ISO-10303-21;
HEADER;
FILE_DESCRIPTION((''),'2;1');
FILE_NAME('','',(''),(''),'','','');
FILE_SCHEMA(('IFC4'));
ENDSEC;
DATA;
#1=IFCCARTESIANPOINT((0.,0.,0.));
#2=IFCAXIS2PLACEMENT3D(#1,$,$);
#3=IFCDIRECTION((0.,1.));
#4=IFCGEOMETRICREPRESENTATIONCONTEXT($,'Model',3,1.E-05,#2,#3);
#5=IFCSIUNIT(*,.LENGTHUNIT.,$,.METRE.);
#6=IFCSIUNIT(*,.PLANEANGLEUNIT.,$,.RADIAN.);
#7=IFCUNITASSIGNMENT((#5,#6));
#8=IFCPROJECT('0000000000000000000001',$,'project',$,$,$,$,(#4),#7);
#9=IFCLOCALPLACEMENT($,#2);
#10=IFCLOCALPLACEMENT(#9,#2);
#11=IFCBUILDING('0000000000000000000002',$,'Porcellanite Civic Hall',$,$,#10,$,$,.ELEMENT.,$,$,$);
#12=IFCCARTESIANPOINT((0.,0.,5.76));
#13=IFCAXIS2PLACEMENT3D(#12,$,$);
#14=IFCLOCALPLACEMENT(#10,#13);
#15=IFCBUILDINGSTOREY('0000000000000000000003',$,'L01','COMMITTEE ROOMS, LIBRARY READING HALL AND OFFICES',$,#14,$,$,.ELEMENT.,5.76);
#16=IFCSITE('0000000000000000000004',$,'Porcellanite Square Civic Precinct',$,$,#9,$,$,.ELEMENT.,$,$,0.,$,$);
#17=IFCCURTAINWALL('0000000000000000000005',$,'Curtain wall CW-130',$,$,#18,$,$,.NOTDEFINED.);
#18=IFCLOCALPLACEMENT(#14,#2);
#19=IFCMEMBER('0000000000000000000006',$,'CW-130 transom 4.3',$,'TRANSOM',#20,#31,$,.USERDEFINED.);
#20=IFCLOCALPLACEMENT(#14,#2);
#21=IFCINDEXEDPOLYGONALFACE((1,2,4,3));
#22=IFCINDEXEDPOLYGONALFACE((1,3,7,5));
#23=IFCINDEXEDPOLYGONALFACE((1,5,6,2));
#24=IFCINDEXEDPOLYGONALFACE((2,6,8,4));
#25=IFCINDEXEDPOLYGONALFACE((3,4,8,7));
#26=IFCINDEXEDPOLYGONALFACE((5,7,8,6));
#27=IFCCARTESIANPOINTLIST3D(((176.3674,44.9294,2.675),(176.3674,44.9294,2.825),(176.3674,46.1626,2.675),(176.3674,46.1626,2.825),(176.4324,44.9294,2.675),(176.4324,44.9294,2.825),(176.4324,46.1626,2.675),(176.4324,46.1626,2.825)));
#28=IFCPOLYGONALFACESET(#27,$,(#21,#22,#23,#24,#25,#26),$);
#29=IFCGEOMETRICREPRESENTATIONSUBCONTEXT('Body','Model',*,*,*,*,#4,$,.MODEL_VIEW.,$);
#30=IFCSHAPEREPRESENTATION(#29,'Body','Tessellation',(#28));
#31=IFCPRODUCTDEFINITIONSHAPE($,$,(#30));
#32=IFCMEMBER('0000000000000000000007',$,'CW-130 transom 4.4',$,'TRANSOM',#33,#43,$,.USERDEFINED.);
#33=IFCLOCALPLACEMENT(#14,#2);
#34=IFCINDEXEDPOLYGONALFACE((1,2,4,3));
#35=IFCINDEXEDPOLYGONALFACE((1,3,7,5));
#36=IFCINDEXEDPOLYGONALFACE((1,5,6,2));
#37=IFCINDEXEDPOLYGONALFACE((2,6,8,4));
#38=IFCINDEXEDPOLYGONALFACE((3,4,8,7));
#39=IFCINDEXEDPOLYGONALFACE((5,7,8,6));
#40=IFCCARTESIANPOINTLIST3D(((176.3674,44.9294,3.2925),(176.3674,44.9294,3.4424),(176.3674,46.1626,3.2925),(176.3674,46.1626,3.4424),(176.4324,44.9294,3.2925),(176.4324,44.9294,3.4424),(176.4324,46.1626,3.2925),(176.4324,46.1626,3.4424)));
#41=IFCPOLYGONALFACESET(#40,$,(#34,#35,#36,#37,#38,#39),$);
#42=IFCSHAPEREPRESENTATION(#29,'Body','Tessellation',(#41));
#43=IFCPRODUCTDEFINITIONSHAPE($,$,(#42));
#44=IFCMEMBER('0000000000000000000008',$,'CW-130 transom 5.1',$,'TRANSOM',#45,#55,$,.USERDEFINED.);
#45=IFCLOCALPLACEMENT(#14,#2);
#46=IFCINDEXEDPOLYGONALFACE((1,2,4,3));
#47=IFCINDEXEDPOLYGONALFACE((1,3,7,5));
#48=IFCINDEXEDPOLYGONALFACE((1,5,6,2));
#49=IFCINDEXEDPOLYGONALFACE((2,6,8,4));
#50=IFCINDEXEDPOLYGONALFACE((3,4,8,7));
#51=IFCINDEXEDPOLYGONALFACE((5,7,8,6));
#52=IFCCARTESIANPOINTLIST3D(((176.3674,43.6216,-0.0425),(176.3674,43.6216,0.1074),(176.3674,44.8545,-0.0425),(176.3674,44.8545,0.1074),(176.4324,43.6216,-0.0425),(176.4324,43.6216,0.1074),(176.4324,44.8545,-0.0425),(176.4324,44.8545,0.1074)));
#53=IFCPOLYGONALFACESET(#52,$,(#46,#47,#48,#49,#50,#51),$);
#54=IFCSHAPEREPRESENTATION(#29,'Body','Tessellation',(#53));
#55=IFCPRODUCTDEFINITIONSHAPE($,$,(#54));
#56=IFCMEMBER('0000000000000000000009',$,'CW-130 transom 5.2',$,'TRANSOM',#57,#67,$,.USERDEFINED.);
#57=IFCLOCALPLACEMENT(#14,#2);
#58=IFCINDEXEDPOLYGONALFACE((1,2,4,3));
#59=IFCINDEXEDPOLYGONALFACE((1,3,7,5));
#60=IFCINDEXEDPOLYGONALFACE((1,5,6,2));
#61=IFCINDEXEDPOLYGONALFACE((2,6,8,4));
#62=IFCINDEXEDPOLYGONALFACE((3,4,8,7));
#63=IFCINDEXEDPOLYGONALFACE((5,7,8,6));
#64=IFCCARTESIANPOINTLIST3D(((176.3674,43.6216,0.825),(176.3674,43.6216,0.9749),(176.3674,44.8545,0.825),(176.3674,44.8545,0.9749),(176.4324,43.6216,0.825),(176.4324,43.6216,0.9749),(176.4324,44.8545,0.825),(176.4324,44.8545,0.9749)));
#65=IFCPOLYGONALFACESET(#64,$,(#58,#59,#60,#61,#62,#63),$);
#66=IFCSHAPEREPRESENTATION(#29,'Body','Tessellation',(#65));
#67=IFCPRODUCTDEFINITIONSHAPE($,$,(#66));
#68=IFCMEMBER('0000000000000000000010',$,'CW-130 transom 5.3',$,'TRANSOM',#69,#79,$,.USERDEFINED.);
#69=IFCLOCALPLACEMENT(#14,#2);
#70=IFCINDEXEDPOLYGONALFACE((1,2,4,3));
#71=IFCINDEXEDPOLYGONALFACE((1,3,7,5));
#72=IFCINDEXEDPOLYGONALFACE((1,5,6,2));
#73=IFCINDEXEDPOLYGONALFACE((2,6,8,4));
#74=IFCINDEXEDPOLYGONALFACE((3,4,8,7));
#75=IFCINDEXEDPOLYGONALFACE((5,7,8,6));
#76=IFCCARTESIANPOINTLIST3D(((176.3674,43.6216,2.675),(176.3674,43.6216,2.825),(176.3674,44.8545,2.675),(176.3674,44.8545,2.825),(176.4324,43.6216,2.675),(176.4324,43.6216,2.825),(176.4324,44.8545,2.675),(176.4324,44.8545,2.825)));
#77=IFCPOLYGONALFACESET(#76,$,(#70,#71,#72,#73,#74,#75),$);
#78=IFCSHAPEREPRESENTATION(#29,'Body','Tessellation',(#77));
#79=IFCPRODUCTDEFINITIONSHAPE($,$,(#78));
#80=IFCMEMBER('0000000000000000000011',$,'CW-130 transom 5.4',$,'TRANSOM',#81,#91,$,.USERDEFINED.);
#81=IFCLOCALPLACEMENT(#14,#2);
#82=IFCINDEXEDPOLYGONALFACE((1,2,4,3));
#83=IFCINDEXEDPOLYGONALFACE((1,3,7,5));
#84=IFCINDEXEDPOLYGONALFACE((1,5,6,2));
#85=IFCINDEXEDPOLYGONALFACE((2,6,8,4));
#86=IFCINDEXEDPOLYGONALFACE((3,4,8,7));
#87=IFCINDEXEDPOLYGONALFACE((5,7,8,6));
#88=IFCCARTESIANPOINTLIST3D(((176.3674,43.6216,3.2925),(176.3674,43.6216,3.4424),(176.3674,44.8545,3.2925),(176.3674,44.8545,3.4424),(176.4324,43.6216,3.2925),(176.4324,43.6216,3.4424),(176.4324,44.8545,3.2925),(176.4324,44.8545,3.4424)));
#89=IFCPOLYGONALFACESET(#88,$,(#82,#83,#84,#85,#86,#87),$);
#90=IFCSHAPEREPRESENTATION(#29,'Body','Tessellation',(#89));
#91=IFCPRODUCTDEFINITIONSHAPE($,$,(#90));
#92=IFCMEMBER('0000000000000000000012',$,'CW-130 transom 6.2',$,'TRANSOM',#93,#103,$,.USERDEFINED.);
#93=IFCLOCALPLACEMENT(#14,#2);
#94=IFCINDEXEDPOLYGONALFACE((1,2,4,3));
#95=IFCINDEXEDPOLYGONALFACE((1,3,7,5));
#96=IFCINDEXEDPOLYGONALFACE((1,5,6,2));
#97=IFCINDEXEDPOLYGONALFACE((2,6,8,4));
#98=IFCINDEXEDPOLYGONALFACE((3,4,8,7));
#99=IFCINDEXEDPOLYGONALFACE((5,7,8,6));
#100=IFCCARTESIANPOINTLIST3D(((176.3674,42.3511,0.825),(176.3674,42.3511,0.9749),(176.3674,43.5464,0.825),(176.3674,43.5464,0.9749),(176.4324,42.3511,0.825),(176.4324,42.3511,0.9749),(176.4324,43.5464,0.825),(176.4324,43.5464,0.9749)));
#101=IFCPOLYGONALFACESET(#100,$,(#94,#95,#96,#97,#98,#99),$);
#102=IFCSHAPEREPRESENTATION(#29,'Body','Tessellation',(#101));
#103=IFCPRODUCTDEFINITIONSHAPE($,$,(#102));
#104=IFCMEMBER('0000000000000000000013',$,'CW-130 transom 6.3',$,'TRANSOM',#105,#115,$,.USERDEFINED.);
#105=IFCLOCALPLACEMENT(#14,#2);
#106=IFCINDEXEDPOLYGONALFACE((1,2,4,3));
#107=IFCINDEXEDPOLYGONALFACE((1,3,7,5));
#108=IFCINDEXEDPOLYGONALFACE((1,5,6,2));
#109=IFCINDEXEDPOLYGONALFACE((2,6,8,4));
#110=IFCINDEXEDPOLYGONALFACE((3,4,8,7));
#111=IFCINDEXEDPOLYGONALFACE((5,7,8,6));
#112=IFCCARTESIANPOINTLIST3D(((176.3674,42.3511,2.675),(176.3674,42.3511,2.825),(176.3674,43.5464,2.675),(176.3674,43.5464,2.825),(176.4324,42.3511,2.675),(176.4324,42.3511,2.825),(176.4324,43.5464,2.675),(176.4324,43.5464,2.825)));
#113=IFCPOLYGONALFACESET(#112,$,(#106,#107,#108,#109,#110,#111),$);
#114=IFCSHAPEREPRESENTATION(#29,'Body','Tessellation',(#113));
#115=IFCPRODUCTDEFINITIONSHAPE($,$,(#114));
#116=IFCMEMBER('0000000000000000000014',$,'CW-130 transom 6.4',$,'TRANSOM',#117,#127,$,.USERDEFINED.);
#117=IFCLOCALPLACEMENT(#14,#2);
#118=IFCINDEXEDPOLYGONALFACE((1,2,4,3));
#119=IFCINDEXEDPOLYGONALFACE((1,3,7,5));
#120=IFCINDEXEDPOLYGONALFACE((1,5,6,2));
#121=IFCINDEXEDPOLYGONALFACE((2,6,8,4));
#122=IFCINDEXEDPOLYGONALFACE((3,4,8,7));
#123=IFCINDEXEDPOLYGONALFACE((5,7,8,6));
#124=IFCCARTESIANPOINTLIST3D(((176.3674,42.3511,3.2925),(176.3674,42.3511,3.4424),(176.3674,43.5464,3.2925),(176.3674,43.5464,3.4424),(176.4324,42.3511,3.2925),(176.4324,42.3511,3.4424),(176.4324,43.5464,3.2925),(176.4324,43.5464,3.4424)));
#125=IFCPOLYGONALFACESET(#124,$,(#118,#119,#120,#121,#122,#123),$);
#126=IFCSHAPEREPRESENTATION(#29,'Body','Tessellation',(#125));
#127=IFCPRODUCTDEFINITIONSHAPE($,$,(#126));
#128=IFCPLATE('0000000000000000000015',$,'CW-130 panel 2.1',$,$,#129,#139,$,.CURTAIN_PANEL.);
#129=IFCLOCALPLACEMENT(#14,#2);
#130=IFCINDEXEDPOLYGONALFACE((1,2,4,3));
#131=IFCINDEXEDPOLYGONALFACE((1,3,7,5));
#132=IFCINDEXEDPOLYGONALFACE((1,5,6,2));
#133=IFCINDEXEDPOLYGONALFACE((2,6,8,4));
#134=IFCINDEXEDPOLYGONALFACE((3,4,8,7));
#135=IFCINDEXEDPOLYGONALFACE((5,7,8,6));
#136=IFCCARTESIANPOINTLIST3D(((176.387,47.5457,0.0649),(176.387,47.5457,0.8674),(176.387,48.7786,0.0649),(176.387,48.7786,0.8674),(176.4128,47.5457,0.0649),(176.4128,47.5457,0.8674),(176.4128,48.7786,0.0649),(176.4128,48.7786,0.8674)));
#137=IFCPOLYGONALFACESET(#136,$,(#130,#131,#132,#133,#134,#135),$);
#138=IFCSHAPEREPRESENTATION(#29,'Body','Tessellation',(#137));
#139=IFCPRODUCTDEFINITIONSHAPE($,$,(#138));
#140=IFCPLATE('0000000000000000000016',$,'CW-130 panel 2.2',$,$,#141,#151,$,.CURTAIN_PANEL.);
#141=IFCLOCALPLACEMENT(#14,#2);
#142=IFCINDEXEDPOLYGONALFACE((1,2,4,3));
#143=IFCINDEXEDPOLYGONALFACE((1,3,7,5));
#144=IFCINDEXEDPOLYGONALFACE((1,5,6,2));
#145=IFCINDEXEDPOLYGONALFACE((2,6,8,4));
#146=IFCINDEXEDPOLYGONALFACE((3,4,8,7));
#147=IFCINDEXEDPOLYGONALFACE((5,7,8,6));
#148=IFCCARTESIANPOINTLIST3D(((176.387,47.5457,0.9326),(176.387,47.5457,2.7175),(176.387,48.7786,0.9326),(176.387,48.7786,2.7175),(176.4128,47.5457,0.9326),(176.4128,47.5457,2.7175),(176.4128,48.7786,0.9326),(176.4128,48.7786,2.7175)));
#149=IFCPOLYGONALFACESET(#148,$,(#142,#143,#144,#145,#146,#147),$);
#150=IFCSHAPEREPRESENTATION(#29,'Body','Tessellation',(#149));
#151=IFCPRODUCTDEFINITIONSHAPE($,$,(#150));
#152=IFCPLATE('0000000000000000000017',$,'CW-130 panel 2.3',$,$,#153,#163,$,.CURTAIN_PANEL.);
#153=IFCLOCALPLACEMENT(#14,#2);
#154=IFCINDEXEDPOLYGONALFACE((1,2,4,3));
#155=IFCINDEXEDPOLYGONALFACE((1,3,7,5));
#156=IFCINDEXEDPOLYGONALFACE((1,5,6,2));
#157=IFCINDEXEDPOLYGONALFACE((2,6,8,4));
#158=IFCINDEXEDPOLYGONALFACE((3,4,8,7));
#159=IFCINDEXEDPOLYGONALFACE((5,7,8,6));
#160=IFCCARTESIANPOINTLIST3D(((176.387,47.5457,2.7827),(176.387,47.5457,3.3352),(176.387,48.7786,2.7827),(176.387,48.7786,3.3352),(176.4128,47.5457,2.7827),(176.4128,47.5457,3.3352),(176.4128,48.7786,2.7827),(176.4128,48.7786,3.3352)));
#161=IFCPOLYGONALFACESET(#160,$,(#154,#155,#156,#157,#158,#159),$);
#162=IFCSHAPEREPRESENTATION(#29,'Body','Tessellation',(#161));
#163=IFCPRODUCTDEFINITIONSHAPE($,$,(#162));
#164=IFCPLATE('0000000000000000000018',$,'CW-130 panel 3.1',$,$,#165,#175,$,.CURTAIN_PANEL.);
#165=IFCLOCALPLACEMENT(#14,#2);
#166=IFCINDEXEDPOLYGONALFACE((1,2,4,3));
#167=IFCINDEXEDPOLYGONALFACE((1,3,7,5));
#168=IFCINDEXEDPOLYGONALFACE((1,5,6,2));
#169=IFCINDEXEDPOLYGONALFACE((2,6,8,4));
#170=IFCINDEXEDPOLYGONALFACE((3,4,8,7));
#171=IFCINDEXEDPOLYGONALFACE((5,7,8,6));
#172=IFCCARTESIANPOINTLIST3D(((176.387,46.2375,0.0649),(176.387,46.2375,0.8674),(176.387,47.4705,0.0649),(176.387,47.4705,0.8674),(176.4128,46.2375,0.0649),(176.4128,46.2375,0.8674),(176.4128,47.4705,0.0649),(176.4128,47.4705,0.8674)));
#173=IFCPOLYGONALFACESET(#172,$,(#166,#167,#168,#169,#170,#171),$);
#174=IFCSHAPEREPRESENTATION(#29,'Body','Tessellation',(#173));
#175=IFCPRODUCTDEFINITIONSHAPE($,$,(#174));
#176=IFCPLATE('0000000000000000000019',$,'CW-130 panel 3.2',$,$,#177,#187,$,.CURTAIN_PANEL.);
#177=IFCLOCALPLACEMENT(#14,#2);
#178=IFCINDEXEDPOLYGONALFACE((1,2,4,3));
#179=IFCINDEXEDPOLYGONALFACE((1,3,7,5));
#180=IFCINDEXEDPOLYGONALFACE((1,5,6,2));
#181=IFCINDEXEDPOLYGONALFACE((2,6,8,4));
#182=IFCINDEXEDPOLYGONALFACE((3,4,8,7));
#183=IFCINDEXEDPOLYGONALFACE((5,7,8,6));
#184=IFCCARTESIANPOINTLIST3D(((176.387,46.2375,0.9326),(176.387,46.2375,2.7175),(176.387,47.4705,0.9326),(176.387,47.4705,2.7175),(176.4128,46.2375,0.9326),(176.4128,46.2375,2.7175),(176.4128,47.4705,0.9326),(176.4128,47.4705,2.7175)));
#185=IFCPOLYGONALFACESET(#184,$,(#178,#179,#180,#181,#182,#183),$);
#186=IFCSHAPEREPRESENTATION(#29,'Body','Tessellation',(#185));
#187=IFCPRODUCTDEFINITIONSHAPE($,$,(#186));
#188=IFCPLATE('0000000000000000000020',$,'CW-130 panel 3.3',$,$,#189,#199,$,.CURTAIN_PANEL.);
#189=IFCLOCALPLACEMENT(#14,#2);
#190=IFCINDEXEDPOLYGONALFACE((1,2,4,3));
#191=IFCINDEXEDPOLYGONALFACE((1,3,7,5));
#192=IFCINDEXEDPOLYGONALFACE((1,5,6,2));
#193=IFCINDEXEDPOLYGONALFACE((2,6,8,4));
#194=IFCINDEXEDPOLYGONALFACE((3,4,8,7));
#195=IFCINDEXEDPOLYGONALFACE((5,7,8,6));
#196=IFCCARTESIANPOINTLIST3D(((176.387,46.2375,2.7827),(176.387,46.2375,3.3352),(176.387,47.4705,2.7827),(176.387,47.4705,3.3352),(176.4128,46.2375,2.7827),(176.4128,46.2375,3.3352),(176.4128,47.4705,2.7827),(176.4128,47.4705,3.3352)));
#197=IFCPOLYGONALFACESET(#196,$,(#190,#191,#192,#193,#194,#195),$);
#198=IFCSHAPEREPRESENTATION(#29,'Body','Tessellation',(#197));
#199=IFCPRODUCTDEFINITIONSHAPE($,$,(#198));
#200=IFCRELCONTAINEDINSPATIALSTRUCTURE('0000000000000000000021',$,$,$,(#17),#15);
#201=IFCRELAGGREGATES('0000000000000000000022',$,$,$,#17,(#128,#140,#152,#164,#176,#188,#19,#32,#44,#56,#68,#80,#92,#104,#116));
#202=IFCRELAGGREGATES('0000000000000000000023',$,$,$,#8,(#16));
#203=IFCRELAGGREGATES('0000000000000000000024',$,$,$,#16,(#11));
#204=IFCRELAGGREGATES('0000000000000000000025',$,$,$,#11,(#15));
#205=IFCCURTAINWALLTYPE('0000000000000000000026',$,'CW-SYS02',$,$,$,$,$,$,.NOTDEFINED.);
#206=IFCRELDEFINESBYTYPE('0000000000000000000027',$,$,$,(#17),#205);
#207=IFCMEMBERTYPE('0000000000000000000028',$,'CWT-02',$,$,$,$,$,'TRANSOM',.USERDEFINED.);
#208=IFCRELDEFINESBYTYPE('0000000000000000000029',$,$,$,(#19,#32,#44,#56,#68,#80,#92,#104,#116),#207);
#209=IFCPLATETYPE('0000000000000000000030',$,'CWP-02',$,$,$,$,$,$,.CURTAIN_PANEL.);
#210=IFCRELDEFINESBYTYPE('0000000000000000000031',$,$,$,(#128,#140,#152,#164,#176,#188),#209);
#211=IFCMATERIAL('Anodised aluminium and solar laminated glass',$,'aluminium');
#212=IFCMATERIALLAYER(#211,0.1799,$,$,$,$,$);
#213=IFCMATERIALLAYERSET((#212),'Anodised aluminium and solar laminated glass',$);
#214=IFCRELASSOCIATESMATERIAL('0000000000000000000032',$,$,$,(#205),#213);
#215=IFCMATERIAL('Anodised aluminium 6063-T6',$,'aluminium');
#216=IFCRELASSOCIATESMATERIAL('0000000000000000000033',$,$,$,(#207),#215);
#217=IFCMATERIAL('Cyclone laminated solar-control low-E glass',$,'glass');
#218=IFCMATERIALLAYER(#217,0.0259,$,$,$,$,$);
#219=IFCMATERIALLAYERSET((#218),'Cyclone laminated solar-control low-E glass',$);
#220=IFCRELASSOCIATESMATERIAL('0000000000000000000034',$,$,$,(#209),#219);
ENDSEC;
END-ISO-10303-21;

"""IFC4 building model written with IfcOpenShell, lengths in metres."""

from ifc_helpers import new_model, si_unit, direction, frame, origin, origin_2d, place, context, subcontext, project, spatial, rectangle, extrude, material, layer, layer_set, material_profile, profile_set, type_object, element, aggregate, save


model = new_model("IFC4")

# Units and contexts
model_context = context("Model", 3, precision=1e-05, world=origin(), true_north=direction((0.0, 1.0)))
body_context = subcontext(model_context, "Body", "Model", "MODEL_VIEW")
ifc_project = project(units=[si_unit("LENGTHUNIT", "METRE"), si_unit("PLANEANGLEUNIT", "RADIAN")], contexts=[model_context])

# Site, building, storey
site_placement = place(None, origin())
site = spatial("IfcSite", under=ifc_project, at=site_placement, Name="Porcellanite Square Civic Precinct", CompositionType="ELEMENT", RefElevation=0.0)
building_placement = place(site_placement, origin())
building = spatial("IfcBuilding", under=site, at=building_placement, Name="Porcellanite Civic Hall", CompositionType="ELEMENT")
storey_placement = place(building_placement, frame((0.0, 0.0, 5.76)))
storey = spatial("IfcBuildingStorey", under=building, at=storey_placement, Name="L01", Description="COMMITTEE ROOMS, LIBRARY READING HALL AND OFFICES", CompositionType="ELEMENT", Elevation=5.76)

# Curtain wall, members, plates
ifc_material_1 = material(Name="Anodised aluminium and solar laminated glass", Category="aluminium")
ifc_layer_1 = layer(ifc_material_1, 0.1799)
ifc_layer_set_1 = layer_set([ifc_layer_1], Name="Anodised aluminium and solar laminated glass")
curtain_wall_type = type_object("IfcCurtainWallType", Name="CW-SYS02", PredefinedType="NOTDEFINED", material=ifc_layer_set_1)
curtain_wall_placement = place(storey_placement, origin())
curtain_wall = element("IfcCurtainWall", 1, at=curtain_wall_placement, inside=storey, type_object=curtain_wall_type, Name="Curtain wall CW-130", PredefinedType="NOTDEFINED")
ifc_material_2 = material(Name="Anodised aluminium 6063-T6", Category="aluminium")
ifc_material_profile_1 = material_profile(ifc_material_2, rectangle(XDim=0.0649, YDim=0.1499, at=origin_2d()), Name="AL-65x150")
ifc_profile_set_1 = profile_set([ifc_material_profile_1], Name="Anodised aluminium 6063-T6")
member_type_1 = type_object("IfcMemberType", Name="CWT-02", ElementType="TRANSOM", PredefinedType="USERDEFINED", material=ifc_profile_set_1)
member_1_placement = place(storey_placement, frame((176.3999, 46.1626, 2.75), z_axis=(0.0, -1.0, 0.0), x_axis=(1.0, 0.0, 0.0)))
member_1 = element("IfcMember", 2, at=member_1_placement, type_object=member_type_1, Name="CW-130 transom 4.3", ObjectType="TRANSOM", PredefinedType="USERDEFINED", context=body_context, shape_type="SweptSolid", body=[
    extrude(rectangle(XDim=0.0649, YDim=0.1499, at=origin_2d()), origin(), (0.0, 0.0, 1.0), 1.2332),
])
member_2_placement = place(storey_placement, frame((176.3999, 46.1626, 3.3674), z_axis=(0.0, -1.0, 0.0), x_axis=(1.0, 0.0, 0.0)))
member_2 = element("IfcMember", 3, at=member_2_placement, type_object=member_type_1, Name="CW-130 transom 4.4", ObjectType="TRANSOM", PredefinedType="USERDEFINED", context=body_context, shape_type="SweptSolid", body=[
    extrude(rectangle(XDim=0.0649, YDim=0.1499, at=origin_2d()), origin(), (0.0, 0.0, 1.0), 1.2332),
])
member_3_placement = place(storey_placement, frame((176.3999, 44.8545, 0.0325), z_axis=(0.0, -1.0, 0.0), x_axis=(1.0, 0.0, 0.0)))
member_3 = element("IfcMember", 4, at=member_3_placement, type_object=member_type_1, Name="CW-130 transom 5.1", ObjectType="TRANSOM", PredefinedType="USERDEFINED", context=body_context, shape_type="SweptSolid", body=[
    extrude(rectangle(XDim=0.0649, YDim=0.1499, at=origin_2d()), origin(), (0.0, 0.0, 1.0), 1.2329),
])
member_4_placement = place(storey_placement, frame((176.3999, 44.8545, 0.8999), z_axis=(0.0, -1.0, 0.0), x_axis=(1.0, 0.0, 0.0)))
member_4 = element("IfcMember", 5, at=member_4_placement, type_object=member_type_1, Name="CW-130 transom 5.2", ObjectType="TRANSOM", PredefinedType="USERDEFINED", context=body_context, shape_type="SweptSolid", body=[
    extrude(rectangle(XDim=0.0649, YDim=0.1499, at=origin_2d()), origin(), (0.0, 0.0, 1.0), 1.2329),
])
member_5_placement = place(storey_placement, frame((176.3999, 44.8545, 2.75), z_axis=(0.0, -1.0, 0.0), x_axis=(1.0, 0.0, 0.0)))
member_5 = element("IfcMember", 6, at=member_5_placement, type_object=member_type_1, Name="CW-130 transom 5.3", ObjectType="TRANSOM", PredefinedType="USERDEFINED", context=body_context, shape_type="SweptSolid", body=[
    extrude(rectangle(XDim=0.0649, YDim=0.1499, at=origin_2d()), origin(), (0.0, 0.0, 1.0), 1.2329),
])
member_6_placement = place(storey_placement, frame((176.3999, 44.8545, 3.3674), z_axis=(0.0, -1.0, 0.0), x_axis=(1.0, 0.0, 0.0)))
member_6 = element("IfcMember", 7, at=member_6_placement, type_object=member_type_1, Name="CW-130 transom 5.4", ObjectType="TRANSOM", PredefinedType="USERDEFINED", context=body_context, shape_type="SweptSolid", body=[
    extrude(rectangle(XDim=0.0649, YDim=0.1499, at=origin_2d()), origin(), (0.0, 0.0, 1.0), 1.2329),
])
member_7_placement = place(storey_placement, frame((176.3999, 43.5464, 0.8999), z_axis=(0.0, -1.0, 0.0), x_axis=(1.0, 0.0, 0.0)))
member_7 = element("IfcMember", 8, at=member_7_placement, type_object=member_type_1, Name="CW-130 transom 6.2", ObjectType="TRANSOM", PredefinedType="USERDEFINED", context=body_context, shape_type="SweptSolid", body=[
    extrude(rectangle(XDim=0.0649, YDim=0.1499, at=origin_2d()), origin(), (0.0, 0.0, 1.0), 1.1953),
])
member_8_placement = place(storey_placement, frame((176.3999, 43.5464, 2.75), z_axis=(0.0, -1.0, 0.0), x_axis=(1.0, 0.0, 0.0)))
member_8 = element("IfcMember", 9, at=member_8_placement, type_object=member_type_1, Name="CW-130 transom 6.3", ObjectType="TRANSOM", PredefinedType="USERDEFINED", context=body_context, shape_type="SweptSolid", body=[
    extrude(rectangle(XDim=0.0649, YDim=0.1499, at=origin_2d()), origin(), (0.0, 0.0, 1.0), 1.1953),
])
member_9_placement = place(storey_placement, frame((176.3999, 43.5464, 3.3674), z_axis=(0.0, -1.0, 0.0), x_axis=(1.0, 0.0, 0.0)))
member_9 = element("IfcMember", 10, at=member_9_placement, type_object=member_type_1, Name="CW-130 transom 6.4", ObjectType="TRANSOM", PredefinedType="USERDEFINED", context=body_context, shape_type="SweptSolid", body=[
    extrude(rectangle(XDim=0.0649, YDim=0.1499, at=origin_2d()), origin(), (0.0, 0.0, 1.0), 1.1953),
])
ifc_material_3 = material(Name="Cyclone laminated solar-control low-E glass", Category="glass")
ifc_layer_2 = layer(ifc_material_3, 0.0259)
ifc_layer_set_2 = layer_set([ifc_layer_2], Name="Cyclone laminated solar-control low-E glass")
plate_type = type_object("IfcPlateType", Name="CWP-02", PredefinedType="CURTAIN_PANEL", material=ifc_layer_set_2)
plate_1_placement = place(storey_placement, frame((176.3999, 48.1621, 0.0649), z_axis=(0.0, 0.0, 1.0), x_axis=(0.0, -1.0, 0.0)))
plate_1 = element("IfcPlate", 11, at=plate_1_placement, type_object=plate_type, Name="CW-130 panel 2.1", PredefinedType="CURTAIN_PANEL", context=body_context, shape_type="SweptSolid", body=[
    extrude(rectangle(XDim=1.2329, YDim=0.0259, at=origin_2d()), origin(), (0.0, 0.0, 1.0), 0.8025),
])
plate_2_placement = place(storey_placement, frame((176.3999, 48.1621, 0.9326), z_axis=(0.0, 0.0, 1.0), x_axis=(0.0, -1.0, 0.0)))
plate_2 = element("IfcPlate", 12, at=plate_2_placement, type_object=plate_type, Name="CW-130 panel 2.2", PredefinedType="CURTAIN_PANEL", context=body_context, shape_type="SweptSolid", body=[
    extrude(rectangle(XDim=1.2329, YDim=0.0259, at=origin_2d()), origin(), (0.0, 0.0, 1.0), 1.7849),
])
plate_3_placement = place(storey_placement, frame((176.3999, 48.1621, 2.7827), z_axis=(0.0, 0.0, 1.0), x_axis=(0.0, -1.0, 0.0)))
plate_3 = element("IfcPlate", 13, at=plate_3_placement, type_object=plate_type, Name="CW-130 panel 2.3", PredefinedType="CURTAIN_PANEL", context=body_context, shape_type="SweptSolid", body=[
    extrude(rectangle(XDim=1.2329, YDim=0.0259, at=origin_2d()), origin(), (0.0, 0.0, 1.0), 0.5525),
])
plate_4_placement = place(storey_placement, frame((176.3999, 46.854, 0.0649), z_axis=(0.0, 0.0, 1.0), x_axis=(0.0, -1.0, 0.0)))
plate_4 = element("IfcPlate", 14, at=plate_4_placement, type_object=plate_type, Name="CW-130 panel 3.1", PredefinedType="CURTAIN_PANEL", context=body_context, shape_type="SweptSolid", body=[
    extrude(rectangle(XDim=1.2329, YDim=0.0259, at=origin_2d()), origin(), (0.0, 0.0, 1.0), 0.8025),
])
plate_5_placement = place(storey_placement, frame((176.3999, 46.854, 0.9326), z_axis=(0.0, 0.0, 1.0), x_axis=(0.0, -1.0, 0.0)))
plate_5 = element("IfcPlate", 15, at=plate_5_placement, type_object=plate_type, Name="CW-130 panel 3.2", PredefinedType="CURTAIN_PANEL", context=body_context, shape_type="SweptSolid", body=[
    extrude(rectangle(XDim=1.2329, YDim=0.0259, at=origin_2d()), origin(), (0.0, 0.0, 1.0), 1.7849),
])
plate_6_placement = place(storey_placement, frame((176.3999, 46.854, 2.7827), z_axis=(0.0, 0.0, 1.0), x_axis=(0.0, -1.0, 0.0)))
plate_6 = element("IfcPlate", 16, at=plate_6_placement, type_object=plate_type, Name="CW-130 panel 3.3", PredefinedType="CURTAIN_PANEL", context=body_context, shape_type="SweptSolid", body=[
    extrude(rectangle(XDim=1.2329, YDim=0.0259, at=origin_2d()), origin(), (0.0, 0.0, 1.0), 0.5525),
])
aggregate(curtain_wall, [plate_1, plate_2, plate_3, plate_4, plate_5, plate_6, member_1, member_2, member_3, member_4, member_5, member_6, member_7, member_8, member_9])

save(model, "model.ifc")
